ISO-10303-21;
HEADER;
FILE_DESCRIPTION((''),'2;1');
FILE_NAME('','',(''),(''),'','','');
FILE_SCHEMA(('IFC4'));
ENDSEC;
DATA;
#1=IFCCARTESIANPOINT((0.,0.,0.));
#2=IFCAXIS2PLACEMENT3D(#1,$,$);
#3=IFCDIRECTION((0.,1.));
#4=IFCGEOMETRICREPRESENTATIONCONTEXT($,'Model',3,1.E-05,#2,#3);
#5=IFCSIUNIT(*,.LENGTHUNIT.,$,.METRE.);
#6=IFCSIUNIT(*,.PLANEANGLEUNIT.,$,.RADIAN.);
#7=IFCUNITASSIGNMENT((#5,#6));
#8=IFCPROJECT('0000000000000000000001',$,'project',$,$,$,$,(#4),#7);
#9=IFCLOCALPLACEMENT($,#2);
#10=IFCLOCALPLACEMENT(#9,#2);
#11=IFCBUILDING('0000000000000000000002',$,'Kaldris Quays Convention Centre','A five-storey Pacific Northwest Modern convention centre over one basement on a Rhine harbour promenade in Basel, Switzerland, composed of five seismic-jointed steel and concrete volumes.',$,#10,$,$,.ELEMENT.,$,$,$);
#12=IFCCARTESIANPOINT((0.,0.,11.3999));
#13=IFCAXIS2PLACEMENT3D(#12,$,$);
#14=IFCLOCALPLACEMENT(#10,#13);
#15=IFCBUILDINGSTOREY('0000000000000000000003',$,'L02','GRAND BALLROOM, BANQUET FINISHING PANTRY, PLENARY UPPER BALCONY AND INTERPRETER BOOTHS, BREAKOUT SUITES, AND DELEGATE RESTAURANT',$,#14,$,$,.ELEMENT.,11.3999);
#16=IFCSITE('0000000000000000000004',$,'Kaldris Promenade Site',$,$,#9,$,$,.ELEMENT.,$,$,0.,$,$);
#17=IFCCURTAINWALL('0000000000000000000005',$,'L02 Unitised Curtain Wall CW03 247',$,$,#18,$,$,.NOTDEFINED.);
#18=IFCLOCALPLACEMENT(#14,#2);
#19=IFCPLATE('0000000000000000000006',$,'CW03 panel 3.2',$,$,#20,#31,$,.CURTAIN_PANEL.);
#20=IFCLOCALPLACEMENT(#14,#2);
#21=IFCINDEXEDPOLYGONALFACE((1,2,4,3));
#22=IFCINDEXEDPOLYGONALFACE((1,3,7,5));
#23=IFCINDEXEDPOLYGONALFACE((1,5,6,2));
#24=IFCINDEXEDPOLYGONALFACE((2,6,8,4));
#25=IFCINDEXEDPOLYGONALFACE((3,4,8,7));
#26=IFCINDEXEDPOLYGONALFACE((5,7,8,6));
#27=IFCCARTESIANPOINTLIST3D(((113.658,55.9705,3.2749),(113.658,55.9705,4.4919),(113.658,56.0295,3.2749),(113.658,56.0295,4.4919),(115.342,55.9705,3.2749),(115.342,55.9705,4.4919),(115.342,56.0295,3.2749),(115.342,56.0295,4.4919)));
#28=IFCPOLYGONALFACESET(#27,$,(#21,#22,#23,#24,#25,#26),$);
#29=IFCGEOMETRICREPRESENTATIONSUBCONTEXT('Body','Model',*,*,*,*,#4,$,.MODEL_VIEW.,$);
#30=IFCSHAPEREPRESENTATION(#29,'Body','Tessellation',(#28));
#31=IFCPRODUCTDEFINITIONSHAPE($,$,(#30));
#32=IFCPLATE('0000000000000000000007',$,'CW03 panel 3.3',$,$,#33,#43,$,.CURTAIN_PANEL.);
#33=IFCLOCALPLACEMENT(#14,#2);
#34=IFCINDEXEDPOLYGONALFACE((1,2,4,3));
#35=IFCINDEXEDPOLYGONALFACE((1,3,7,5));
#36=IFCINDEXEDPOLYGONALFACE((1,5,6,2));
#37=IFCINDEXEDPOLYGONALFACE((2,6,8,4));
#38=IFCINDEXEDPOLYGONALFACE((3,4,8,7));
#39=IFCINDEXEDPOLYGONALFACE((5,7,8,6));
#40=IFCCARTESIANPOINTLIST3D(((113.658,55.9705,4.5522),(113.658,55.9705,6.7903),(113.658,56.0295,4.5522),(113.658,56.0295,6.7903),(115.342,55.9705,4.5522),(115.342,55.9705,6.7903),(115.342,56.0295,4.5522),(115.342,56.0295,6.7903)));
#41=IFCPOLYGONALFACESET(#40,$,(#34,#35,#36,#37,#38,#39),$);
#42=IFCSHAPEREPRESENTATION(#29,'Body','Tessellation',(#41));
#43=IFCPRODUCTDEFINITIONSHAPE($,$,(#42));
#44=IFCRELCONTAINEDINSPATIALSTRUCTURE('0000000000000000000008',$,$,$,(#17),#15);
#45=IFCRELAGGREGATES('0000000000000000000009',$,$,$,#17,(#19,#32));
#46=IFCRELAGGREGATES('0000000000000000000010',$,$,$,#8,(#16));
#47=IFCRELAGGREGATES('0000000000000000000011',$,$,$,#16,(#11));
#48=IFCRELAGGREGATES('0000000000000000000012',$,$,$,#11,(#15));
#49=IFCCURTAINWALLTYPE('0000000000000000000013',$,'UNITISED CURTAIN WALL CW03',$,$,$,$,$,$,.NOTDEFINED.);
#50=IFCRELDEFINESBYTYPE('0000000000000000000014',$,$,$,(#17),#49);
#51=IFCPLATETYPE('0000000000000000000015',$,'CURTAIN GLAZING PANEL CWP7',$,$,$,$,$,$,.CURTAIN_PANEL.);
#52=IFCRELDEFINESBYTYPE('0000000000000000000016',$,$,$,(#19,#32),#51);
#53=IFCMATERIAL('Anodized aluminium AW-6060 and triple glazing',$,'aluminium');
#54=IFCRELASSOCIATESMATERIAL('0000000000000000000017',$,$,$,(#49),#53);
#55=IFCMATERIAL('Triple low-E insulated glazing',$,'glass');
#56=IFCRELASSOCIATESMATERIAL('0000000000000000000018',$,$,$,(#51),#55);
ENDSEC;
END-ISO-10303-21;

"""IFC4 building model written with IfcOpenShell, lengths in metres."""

from ifc_helpers import new_model, si_unit, direction, frame, origin, origin_2d, place, context, subcontext, project, spatial, rectangle, extrude, material, type_object, element, aggregate, save


model = new_model("IFC4")

# Units and contexts
model_context = context("Model", 3, precision=1e-05, world=origin(), true_north=direction((0.0, 1.0)))
body_context = subcontext(model_context, "Body", "Model", "MODEL_VIEW")
ifc_project = project(units=[si_unit("LENGTHUNIT", "METRE"), si_unit("PLANEANGLEUNIT", "RADIAN")], contexts=[model_context])

# Site, building, storey
site_placement = place(None, origin())
site = spatial("IfcSite", under=ifc_project, at=site_placement, Name="Kaldris Promenade Site", CompositionType="ELEMENT", RefElevation=0.0)
building_placement = place(site_placement, origin())
building = spatial("IfcBuilding", under=site, at=building_placement, Name="Kaldris Quays Convention Centre", Description="A five-storey Pacific Northwest Modern convention centre over one basement on a Rhine harbour promenade in Basel, Switzerland, composed of five seismic-jointed steel and concrete volumes.", CompositionType="ELEMENT")
storey_placement = place(building_placement, frame((0.0, 0.0, 11.3999)))
storey = spatial("IfcBuildingStorey", under=building, at=storey_placement, Name="L02", Description="GRAND BALLROOM, BANQUET FINISHING PANTRY, PLENARY UPPER BALCONY AND INTERPRETER BOOTHS, BREAKOUT SUITES, AND DELEGATE RESTAURANT", CompositionType="ELEMENT", Elevation=11.3999)

# Curtain wall
ifc_material_1 = material(Name="Anodized aluminium AW-6060 and triple glazing", Category="aluminium")
curtain_wall_type = type_object("IfcCurtainWallType", Name="UNITISED CURTAIN WALL CW03", PredefinedType="NOTDEFINED", material=ifc_material_1)
curtain_wall_placement = place(storey_placement, origin())
curtain_wall = element("IfcCurtainWall", 1, at=curtain_wall_placement, inside=storey, type_object=curtain_wall_type, Name="L02 Unitised Curtain Wall CW03 247", PredefinedType="NOTDEFINED")

# Plates
ifc_material_2 = material(Name="Triple low-E insulated glazing", Category="glass")
plate_type = type_object("IfcPlateType", Name="CURTAIN GLAZING PANEL CWP7", PredefinedType="CURTAIN_PANEL", material=ifc_material_2)
plate_1_placement = place(storey_placement, frame((114.5, 56.0, 3.2749), z_axis=(0.0, 0.0, 1.0), x_axis=(1.0, 0.0, 0.0)))
plate_1 = element("IfcPlate", 2, at=plate_1_placement, type_object=plate_type, Name="CW03 panel 3.2", PredefinedType="CURTAIN_PANEL", context=body_context, shape_type="SweptSolid", body=[
    extrude(rectangle(XDim=1.6841, YDim=0.0591, at=origin_2d()), origin(), (0.0, 0.0, 1.0), 1.217),
])
plate_2_placement = place(storey_placement, frame((114.5, 56.0, 4.5522), z_axis=(0.0, 0.0, 1.0), x_axis=(1.0, 0.0, 0.0)))
plate_2 = element("IfcPlate", 3, at=plate_2_placement, type_object=plate_type, Name="CW03 panel 3.3", PredefinedType="CURTAIN_PANEL", context=body_context, shape_type="SweptSolid", body=[
    extrude(rectangle(XDim=1.6841, YDim=0.0591, at=origin_2d()), origin(), (0.0, 0.0, 1.0), 2.238),
])
aggregate(curtain_wall, [plate_1, plate_2])

save(model, "model.ifc")
